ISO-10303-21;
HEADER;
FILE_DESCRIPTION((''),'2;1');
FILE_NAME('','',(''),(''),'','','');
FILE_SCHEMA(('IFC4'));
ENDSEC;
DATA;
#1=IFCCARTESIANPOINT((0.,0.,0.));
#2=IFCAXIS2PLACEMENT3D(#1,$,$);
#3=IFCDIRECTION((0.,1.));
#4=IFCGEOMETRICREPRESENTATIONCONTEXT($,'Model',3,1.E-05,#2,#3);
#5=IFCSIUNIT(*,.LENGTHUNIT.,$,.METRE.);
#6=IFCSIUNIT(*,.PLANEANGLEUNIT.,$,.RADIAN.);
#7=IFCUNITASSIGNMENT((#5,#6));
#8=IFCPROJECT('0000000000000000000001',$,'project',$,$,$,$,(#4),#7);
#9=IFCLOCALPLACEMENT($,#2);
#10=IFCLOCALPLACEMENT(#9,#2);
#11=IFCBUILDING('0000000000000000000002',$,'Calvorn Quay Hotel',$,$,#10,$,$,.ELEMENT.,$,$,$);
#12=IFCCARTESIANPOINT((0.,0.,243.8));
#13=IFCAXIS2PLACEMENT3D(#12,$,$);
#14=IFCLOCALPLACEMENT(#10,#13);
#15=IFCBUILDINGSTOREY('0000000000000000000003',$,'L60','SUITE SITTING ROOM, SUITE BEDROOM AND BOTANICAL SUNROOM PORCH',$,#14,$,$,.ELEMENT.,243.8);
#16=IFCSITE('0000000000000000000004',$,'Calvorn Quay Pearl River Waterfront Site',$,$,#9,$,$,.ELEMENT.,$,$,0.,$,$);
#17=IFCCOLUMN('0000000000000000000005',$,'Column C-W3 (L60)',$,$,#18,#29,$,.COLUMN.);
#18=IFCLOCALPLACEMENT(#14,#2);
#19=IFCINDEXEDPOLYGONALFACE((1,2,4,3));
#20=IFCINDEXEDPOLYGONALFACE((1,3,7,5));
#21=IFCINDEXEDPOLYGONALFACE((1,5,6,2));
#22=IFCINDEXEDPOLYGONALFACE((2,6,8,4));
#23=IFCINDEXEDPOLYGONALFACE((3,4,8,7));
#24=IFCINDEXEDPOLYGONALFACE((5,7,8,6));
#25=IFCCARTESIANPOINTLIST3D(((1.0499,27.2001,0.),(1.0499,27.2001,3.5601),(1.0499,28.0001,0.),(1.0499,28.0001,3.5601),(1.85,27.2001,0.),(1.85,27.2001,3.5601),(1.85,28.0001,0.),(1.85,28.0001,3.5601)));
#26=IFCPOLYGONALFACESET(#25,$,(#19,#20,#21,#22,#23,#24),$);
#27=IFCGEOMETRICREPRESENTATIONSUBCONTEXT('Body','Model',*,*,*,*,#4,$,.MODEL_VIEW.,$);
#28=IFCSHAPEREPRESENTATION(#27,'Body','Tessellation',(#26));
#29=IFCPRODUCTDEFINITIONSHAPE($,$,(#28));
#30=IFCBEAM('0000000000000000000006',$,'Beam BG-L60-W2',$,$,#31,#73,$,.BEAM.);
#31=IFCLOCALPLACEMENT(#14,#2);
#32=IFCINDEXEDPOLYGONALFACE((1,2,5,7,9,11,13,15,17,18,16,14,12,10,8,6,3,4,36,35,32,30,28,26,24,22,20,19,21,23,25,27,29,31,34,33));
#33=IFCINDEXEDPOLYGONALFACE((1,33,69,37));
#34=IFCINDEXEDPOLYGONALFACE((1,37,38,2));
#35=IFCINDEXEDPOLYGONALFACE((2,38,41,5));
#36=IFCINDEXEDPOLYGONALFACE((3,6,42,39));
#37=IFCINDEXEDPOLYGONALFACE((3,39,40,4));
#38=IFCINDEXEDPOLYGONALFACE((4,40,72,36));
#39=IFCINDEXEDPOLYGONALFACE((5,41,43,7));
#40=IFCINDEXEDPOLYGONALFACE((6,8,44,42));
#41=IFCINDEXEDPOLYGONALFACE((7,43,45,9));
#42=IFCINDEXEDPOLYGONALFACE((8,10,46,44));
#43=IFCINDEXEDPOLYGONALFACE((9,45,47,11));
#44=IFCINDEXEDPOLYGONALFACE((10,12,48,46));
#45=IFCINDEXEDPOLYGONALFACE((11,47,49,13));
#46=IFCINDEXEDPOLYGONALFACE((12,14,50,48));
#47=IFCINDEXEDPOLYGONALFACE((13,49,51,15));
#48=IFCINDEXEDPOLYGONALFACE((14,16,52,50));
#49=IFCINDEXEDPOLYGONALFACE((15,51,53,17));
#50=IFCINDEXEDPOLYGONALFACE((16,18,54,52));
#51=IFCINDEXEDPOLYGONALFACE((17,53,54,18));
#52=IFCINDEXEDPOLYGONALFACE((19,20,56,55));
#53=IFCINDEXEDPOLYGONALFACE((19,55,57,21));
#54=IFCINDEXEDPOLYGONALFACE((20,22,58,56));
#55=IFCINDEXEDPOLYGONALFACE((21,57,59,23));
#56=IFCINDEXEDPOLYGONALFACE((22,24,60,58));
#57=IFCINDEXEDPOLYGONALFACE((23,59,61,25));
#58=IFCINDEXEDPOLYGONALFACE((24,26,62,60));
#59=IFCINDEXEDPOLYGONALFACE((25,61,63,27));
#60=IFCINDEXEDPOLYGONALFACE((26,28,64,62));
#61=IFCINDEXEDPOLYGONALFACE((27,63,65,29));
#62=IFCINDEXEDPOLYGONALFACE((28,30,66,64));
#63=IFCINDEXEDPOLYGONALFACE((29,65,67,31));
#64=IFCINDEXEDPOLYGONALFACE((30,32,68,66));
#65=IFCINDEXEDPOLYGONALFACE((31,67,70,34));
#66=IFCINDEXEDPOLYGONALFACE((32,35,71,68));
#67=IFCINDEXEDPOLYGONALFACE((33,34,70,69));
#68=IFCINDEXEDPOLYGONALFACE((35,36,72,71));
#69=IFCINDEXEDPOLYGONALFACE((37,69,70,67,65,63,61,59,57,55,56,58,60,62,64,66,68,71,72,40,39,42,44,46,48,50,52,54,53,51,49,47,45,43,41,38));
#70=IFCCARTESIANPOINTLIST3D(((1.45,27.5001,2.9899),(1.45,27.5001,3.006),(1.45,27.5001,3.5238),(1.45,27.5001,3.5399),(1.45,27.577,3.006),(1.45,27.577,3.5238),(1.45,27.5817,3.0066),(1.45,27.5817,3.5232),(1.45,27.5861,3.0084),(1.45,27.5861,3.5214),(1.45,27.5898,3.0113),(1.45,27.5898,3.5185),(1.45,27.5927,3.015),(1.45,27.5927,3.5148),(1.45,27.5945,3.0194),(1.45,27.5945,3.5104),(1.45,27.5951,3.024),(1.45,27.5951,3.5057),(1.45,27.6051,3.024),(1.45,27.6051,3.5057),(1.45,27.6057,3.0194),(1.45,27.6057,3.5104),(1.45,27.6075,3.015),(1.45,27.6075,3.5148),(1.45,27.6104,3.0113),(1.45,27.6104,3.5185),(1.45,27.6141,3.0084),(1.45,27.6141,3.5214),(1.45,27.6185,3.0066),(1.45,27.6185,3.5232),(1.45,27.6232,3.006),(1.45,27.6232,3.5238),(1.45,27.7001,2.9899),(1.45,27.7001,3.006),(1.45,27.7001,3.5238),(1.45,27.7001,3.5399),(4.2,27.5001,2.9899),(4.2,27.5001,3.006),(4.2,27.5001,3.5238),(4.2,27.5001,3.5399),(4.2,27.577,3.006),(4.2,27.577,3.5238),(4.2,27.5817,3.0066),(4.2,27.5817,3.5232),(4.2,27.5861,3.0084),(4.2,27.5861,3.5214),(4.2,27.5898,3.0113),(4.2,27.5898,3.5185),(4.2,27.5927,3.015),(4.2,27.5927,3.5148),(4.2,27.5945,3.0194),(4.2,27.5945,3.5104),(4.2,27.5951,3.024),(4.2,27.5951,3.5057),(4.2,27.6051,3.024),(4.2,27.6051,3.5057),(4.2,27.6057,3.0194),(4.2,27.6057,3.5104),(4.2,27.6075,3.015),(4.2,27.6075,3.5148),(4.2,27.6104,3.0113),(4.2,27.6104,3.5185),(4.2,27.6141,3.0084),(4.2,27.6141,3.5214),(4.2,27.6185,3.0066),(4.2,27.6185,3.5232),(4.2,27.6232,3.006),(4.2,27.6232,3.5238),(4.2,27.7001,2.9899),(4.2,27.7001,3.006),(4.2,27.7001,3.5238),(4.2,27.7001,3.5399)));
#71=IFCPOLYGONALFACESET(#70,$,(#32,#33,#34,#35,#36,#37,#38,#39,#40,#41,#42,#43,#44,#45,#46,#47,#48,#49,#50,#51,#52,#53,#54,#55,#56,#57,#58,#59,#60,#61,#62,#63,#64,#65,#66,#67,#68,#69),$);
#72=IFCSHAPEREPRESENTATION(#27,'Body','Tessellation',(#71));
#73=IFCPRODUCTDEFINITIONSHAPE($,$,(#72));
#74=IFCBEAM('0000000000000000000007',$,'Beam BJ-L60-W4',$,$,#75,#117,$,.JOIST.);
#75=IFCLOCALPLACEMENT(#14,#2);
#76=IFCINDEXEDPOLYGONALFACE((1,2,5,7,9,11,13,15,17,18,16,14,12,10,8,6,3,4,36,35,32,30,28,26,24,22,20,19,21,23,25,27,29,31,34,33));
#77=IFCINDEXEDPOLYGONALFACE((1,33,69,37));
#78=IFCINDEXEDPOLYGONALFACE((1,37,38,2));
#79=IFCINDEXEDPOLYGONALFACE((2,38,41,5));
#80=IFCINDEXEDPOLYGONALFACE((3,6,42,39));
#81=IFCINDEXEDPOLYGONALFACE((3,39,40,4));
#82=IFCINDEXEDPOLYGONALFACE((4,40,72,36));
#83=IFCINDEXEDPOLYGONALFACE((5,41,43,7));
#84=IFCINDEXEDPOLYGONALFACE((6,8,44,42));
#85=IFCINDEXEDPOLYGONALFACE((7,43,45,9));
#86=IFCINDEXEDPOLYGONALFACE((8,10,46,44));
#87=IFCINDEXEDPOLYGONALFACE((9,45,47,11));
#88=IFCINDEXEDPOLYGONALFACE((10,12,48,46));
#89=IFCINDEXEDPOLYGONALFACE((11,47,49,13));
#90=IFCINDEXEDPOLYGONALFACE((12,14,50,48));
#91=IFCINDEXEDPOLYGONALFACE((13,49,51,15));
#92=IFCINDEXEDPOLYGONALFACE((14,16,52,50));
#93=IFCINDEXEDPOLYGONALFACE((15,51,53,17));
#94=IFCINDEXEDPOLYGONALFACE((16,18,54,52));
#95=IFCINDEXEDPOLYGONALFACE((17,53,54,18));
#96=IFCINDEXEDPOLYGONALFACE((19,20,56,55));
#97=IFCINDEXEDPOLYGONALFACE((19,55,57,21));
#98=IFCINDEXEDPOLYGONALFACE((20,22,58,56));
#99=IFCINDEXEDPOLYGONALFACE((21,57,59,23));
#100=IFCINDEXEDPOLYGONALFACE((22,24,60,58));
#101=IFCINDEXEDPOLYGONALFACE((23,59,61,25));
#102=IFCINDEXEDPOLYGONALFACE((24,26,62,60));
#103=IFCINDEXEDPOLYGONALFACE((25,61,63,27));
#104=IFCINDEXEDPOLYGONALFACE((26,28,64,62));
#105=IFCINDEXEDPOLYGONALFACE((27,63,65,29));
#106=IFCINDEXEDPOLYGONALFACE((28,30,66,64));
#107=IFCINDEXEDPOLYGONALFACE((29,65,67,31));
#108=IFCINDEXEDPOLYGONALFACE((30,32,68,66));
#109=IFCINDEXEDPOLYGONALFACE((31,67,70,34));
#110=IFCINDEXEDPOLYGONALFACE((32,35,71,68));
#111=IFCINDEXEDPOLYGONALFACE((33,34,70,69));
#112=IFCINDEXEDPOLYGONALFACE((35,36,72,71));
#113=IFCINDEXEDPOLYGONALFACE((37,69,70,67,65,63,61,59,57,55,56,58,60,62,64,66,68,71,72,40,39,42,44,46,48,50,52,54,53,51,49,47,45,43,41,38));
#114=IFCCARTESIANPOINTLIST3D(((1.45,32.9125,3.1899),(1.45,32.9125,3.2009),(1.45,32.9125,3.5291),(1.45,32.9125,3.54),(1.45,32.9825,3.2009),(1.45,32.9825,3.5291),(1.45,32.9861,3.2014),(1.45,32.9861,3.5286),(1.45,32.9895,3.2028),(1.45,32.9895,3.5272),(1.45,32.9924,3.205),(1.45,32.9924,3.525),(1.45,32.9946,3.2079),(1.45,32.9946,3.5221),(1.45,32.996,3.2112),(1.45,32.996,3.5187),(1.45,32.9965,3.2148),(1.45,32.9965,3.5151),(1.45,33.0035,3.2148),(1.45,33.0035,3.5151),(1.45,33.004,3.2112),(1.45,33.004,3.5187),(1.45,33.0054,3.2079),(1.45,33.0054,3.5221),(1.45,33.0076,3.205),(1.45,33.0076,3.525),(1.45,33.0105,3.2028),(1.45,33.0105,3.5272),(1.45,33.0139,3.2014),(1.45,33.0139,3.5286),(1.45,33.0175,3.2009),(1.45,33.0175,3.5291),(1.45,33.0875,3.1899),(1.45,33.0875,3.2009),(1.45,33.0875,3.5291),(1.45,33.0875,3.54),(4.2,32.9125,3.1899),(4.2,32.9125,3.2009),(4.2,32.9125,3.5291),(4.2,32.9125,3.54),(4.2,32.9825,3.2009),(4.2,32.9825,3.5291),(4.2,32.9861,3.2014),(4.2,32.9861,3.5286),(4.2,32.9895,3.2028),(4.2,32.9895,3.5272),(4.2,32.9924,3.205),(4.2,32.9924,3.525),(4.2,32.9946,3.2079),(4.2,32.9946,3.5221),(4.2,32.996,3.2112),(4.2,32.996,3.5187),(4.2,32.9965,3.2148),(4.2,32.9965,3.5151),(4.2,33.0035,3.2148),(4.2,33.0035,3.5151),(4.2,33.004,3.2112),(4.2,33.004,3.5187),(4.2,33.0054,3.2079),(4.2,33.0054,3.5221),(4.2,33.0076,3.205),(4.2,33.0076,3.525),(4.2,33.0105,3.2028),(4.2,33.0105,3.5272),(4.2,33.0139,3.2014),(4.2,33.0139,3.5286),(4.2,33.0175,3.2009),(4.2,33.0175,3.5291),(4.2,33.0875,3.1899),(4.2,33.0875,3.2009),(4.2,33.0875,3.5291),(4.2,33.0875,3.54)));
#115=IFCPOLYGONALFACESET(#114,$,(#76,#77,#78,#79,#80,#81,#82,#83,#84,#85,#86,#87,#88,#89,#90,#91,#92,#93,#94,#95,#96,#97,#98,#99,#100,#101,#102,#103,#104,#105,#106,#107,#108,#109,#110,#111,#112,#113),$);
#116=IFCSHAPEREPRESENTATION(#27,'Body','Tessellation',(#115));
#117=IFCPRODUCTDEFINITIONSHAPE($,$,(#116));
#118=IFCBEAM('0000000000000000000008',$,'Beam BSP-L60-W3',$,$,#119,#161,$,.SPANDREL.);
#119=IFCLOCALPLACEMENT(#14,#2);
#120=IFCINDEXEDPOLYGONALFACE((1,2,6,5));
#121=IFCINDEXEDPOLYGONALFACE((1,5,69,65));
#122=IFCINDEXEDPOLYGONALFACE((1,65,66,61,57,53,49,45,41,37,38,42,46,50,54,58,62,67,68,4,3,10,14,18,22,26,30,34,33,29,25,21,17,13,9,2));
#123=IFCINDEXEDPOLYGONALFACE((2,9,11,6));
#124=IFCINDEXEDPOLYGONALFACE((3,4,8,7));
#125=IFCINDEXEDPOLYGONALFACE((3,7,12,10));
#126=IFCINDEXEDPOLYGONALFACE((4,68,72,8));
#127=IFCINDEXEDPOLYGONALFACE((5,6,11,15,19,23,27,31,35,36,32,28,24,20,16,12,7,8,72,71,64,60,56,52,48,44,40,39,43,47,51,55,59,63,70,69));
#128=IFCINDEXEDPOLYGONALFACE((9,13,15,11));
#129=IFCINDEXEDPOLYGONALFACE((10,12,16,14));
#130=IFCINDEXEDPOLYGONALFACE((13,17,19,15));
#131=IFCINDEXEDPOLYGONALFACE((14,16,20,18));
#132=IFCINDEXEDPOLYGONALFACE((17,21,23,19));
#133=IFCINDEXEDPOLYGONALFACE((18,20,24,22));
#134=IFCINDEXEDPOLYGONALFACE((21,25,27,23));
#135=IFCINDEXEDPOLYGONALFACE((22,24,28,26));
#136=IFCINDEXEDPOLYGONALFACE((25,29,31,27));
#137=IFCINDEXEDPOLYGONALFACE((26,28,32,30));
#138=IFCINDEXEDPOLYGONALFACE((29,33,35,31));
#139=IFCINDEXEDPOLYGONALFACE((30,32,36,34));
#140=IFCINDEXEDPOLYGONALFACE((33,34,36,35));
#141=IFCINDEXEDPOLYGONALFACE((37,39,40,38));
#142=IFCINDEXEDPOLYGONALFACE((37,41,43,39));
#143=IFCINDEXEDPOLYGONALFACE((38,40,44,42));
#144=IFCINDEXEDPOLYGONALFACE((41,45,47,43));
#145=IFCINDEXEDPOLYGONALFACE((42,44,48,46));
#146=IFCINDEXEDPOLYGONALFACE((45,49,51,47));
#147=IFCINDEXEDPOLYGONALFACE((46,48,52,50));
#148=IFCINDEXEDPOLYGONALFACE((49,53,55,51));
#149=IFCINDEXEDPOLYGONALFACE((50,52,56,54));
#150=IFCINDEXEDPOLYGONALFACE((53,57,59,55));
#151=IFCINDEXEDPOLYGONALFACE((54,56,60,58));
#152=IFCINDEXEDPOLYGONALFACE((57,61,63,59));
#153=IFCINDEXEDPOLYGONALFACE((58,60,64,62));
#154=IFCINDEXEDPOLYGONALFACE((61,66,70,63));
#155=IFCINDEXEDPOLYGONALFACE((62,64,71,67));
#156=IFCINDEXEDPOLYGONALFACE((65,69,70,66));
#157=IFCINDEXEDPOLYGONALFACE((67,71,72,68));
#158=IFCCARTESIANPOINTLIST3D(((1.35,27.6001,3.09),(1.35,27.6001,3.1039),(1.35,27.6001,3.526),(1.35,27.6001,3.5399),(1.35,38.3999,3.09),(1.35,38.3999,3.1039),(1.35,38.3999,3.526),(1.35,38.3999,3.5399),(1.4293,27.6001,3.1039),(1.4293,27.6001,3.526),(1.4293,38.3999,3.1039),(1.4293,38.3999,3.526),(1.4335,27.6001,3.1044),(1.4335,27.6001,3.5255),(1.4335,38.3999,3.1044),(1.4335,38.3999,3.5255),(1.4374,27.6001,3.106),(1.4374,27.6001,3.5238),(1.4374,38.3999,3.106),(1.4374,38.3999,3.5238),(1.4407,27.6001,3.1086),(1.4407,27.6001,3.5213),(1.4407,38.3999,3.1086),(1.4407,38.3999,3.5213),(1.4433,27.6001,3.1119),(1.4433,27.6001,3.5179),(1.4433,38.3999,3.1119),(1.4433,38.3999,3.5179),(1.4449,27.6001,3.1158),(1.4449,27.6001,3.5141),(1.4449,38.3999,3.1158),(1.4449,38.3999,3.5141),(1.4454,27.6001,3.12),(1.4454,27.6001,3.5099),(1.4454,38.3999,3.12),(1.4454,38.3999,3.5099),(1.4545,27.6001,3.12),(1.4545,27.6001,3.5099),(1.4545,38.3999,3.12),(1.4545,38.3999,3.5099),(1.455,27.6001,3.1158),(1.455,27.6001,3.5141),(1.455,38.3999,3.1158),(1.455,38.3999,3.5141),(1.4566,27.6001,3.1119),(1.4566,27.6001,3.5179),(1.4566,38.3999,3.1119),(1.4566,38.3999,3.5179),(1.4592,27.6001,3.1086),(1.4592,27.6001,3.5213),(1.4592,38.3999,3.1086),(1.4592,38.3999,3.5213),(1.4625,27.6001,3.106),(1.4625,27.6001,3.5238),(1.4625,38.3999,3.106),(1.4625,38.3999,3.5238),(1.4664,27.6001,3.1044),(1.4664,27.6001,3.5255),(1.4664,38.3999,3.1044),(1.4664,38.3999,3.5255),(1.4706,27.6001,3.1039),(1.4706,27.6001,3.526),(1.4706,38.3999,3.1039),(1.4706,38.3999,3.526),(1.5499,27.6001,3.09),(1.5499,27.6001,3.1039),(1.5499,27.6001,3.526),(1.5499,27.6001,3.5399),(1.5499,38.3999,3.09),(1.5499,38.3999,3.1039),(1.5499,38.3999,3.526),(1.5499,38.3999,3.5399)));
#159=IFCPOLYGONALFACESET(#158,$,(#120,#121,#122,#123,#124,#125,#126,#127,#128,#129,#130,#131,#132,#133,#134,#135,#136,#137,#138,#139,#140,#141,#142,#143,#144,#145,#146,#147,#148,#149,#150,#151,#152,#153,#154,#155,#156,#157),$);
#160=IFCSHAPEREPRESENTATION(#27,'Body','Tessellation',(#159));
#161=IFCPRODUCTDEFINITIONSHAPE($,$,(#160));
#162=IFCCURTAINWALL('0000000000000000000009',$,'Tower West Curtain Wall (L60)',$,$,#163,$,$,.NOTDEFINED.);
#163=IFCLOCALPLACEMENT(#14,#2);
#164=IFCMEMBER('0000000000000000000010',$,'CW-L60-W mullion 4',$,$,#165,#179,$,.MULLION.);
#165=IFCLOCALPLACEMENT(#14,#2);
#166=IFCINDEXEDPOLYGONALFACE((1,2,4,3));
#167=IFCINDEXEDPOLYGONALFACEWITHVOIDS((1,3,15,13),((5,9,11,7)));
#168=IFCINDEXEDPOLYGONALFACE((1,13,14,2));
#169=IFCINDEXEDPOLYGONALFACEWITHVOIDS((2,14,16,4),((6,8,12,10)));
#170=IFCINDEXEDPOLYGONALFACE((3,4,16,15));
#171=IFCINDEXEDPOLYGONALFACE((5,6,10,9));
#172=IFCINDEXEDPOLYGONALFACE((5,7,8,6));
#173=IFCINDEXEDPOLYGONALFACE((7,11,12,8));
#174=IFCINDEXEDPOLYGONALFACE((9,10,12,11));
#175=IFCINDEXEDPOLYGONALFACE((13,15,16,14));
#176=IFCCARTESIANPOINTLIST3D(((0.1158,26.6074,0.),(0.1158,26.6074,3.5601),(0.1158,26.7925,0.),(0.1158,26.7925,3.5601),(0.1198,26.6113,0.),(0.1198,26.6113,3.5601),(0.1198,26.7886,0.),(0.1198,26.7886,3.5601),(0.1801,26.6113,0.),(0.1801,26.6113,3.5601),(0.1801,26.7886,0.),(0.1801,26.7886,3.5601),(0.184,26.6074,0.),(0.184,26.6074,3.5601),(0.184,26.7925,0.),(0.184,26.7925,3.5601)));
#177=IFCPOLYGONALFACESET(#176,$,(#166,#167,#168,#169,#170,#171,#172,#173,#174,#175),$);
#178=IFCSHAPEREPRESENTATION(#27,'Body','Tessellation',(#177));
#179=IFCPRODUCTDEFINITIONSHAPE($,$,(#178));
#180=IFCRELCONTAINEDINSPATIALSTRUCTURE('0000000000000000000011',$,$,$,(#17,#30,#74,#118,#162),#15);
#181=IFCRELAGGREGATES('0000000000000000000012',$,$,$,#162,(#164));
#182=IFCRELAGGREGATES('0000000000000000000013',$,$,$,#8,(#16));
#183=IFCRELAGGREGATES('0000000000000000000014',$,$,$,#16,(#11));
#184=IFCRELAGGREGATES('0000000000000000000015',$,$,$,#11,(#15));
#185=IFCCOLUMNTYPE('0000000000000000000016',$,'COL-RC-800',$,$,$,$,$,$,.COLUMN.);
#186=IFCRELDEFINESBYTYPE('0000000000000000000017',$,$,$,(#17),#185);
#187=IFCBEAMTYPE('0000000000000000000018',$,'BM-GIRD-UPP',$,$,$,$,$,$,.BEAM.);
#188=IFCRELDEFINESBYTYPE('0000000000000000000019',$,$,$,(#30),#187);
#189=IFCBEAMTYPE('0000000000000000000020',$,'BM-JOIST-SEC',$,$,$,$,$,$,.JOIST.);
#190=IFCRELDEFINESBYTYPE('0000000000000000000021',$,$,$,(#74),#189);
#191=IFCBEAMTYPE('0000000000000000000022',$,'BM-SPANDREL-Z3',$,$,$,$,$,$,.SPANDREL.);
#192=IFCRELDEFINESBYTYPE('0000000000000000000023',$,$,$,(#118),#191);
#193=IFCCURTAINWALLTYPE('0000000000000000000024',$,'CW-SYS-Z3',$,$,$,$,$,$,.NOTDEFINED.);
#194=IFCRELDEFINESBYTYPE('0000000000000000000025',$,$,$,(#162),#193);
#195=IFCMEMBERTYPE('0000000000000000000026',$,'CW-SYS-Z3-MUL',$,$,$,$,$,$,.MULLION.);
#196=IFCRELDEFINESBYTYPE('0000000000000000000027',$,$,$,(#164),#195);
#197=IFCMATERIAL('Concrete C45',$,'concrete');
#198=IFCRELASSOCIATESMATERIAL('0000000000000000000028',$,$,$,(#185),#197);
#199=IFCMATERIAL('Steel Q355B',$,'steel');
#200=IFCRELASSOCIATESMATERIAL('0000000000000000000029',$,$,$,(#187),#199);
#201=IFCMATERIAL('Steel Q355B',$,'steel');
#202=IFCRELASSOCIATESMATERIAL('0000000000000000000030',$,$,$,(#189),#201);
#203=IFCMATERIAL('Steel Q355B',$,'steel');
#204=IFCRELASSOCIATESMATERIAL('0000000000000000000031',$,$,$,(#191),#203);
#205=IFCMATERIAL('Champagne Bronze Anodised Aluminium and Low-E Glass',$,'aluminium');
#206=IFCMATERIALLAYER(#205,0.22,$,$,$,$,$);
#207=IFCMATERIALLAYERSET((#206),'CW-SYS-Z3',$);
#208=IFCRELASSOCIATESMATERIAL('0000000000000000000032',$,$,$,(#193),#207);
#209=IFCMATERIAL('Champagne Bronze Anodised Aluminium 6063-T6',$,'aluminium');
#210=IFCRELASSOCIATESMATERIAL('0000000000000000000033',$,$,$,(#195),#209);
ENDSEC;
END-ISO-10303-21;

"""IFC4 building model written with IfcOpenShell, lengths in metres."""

from ifc_helpers import new_model, si_unit, direction, frame, origin, origin_2d, place, context, subcontext, project, spatial, rectangle, hollow_rectangle, i_section, extrude, material, layer, layer_set, material_profile, profile_set, type_object, element, aggregate, save


model = new_model("IFC4")

# Units and contexts
model_context = context("Model", 3, precision=1e-05, world=origin(), true_north=direction((0.0, 1.0)))
body_context = subcontext(model_context, "Body", "Model", "MODEL_VIEW")
ifc_project = project(units=[si_unit("LENGTHUNIT", "METRE"), si_unit("PLANEANGLEUNIT", "RADIAN")], contexts=[model_context])

# Site, building, storey
site_placement = place(None, origin())
site = spatial("IfcSite", under=ifc_project, at=site_placement, Name="Calvorn Quay Pearl River Waterfront Site", CompositionType="ELEMENT", RefElevation=0.0)
building_placement = place(site_placement, origin())
building = spatial("IfcBuilding", under=site, at=building_placement, Name="Calvorn Quay Hotel", CompositionType="ELEMENT")
storey_placement = place(building_placement, frame((0.0, 0.0, 243.8)))
storey = spatial("IfcBuildingStorey", under=building, at=storey_placement, Name="L60", Description="SUITE SITTING ROOM, SUITE BEDROOM AND BOTANICAL SUNROOM PORCH", CompositionType="ELEMENT", Elevation=243.8)

# Column
ifc_material_1 = material(Name="Concrete C45", Category="concrete")
ifc_material_profile_1 = material_profile(ifc_material_1, rectangle(XDim=0.8, YDim=0.8, at=origin_2d()), Name="RC800x800")
ifc_profile_set_1 = profile_set([ifc_material_profile_1], Name="Concrete C45")
column_type = type_object("IfcColumnType", Name="COL-RC-800", PredefinedType="COLUMN", material=ifc_profile_set_1)
column_placement = place(storey_placement, frame((1.45, 27.6001, 0.0), z_axis=(0.0, 0.0, 1.0), x_axis=(1.0, 0.0, 0.0)))
element("IfcColumn", 1, at=column_placement, inside=storey, type_object=column_type, Name="Column C-W3 (L60)", PredefinedType="COLUMN", context=body_context, shape_type="SweptSolid", body=[
    extrude(rectangle(XDim=0.8, YDim=0.8, at=origin_2d()), origin(), (0.0, 0.0, 1.0), 3.5601),
])

# Beams
ifc_material_2 = material(Name="Steel Q355B", Category="steel")
ifc_material_profile_2 = material_profile(ifc_material_2, i_section(OverallWidth=0.2, OverallDepth=0.55, WebThickness=0.01, FlangeThickness=0.0161, FilletRadius=0.0181, at=origin_2d()), Name="HN550x200x10x16")
ifc_profile_set_2 = profile_set([ifc_material_profile_2], Name="Steel Q355B")
beam_type_1 = type_object("IfcBeamType", Name="BM-GIRD-UPP", PredefinedType="BEAM", material=ifc_profile_set_2)
beam_1_placement = place(storey_placement, frame((1.45, 27.6001, 3.2649), z_axis=(1.0, 0.0, 0.0), x_axis=(0.0, 1.0, 0.0)))
element("IfcBeam", 2, at=beam_1_placement, inside=storey, type_object=beam_type_1, Name="Beam BG-L60-W2", PredefinedType="BEAM", context=body_context, shape_type="SweptSolid", body=[
    extrude(i_section(OverallWidth=0.2, OverallDepth=0.55, WebThickness=0.01, FlangeThickness=0.0161, FilletRadius=0.0181, at=origin_2d()), origin(), (0.0, 0.0, 1.0), 2.75),
])
ifc_material_3 = material(Name="Steel Q355B", Category="steel")
ifc_material_profile_3 = material_profile(ifc_material_3, i_section(OverallWidth=0.175, OverallDepth=0.3501, WebThickness=0.0071, FlangeThickness=0.011, FilletRadius=0.0139, at=origin_2d()), Name="HN350x175x7x11")
ifc_profile_set_3 = profile_set([ifc_material_profile_3], Name="Steel Q355B")
beam_type_2 = type_object("IfcBeamType", Name="BM-JOIST-SEC", PredefinedType="JOIST", material=ifc_profile_set_3)
beam_2_placement = place(storey_placement, frame((1.45, 33.0, 3.365), z_axis=(1.0, 0.0, 0.0), x_axis=(0.0, 1.0, 0.0)))
element("IfcBeam", 3, at=beam_2_placement, inside=storey, type_object=beam_type_2, Name="Beam BJ-L60-W4", PredefinedType="JOIST", context=body_context, shape_type="SweptSolid", body=[
    extrude(i_section(OverallWidth=0.175, OverallDepth=0.3501, WebThickness=0.0071, FlangeThickness=0.011, FilletRadius=0.0139, at=origin_2d()), origin(), (0.0, 0.0, 1.0), 2.75),
])
ifc_material_4 = material(Name="Steel Q355B", Category="steel")
ifc_material_profile_4 = material_profile(ifc_material_4, i_section(OverallWidth=0.2, OverallDepth=0.45, WebThickness=0.009, FlangeThickness=0.0139, FilletRadius=0.0161, at=origin_2d()), Name="HN450x200x9x14")
ifc_profile_set_4 = profile_set([ifc_material_profile_4], Name="Steel Q355B")
beam_type_3 = type_object("IfcBeamType", Name="BM-SPANDREL-Z3", PredefinedType="SPANDREL", material=ifc_profile_set_4)
beam_3_placement = place(storey_placement, frame((1.45, 27.6001, 3.3149), z_axis=(0.0, 1.0, 0.0), x_axis=(-1.0, 0.0, 0.0)))
element("IfcBeam", 4, at=beam_3_placement, inside=storey, type_object=beam_type_3, Name="Beam BSP-L60-W3", PredefinedType="SPANDREL", context=body_context, shape_type="SweptSolid", body=[
    extrude(i_section(OverallWidth=0.2, OverallDepth=0.45, WebThickness=0.009, FlangeThickness=0.0139, FilletRadius=0.0161, at=origin_2d()), origin(), (0.0, 0.0, 1.0), 10.7998),
])

# Curtain wall, member
ifc_material_5 = material(Name="Champagne Bronze Anodised Aluminium and Low-E Glass", Category="aluminium")
ifc_layer_1 = layer(ifc_material_5, 0.22)
ifc_layer_set_1 = layer_set([ifc_layer_1], Name="CW-SYS-Z3")
curtain_wall_type = type_object("IfcCurtainWallType", Name="CW-SYS-Z3", PredefinedType="NOTDEFINED", material=ifc_layer_set_1)
curtain_wall_placement = place(storey_placement, origin())
curtain_wall = element("IfcCurtainWall", 5, at=curtain_wall_placement, inside=storey, type_object=curtain_wall_type, Name="Tower West Curtain Wall (L60)", PredefinedType="NOTDEFINED")
ifc_material_6 = material(Name="Champagne Bronze Anodised Aluminium 6063-T6", Category="aluminium")
ifc_material_profile_5 = material_profile(ifc_material_6, hollow_rectangle(XDim=0.0681, YDim=0.1851, WallThickness=0.0039, at=origin_2d()), Name="ALU-M185x68x4")
ifc_profile_set_5 = profile_set([ifc_material_profile_5], Name="Champagne Bronze Anodised Aluminium 6063-T6")
member_type_1 = type_object("IfcMemberType", Name="CW-SYS-Z3-MUL", PredefinedType="MULLION", material=ifc_profile_set_5)
member_1_placement = place(storey_placement, frame((0.1499, 26.7, 0.0), z_axis=(0.0, 0.0, 1.0), x_axis=(-1.0, 0.0, 0.0)))
member_1 = element("IfcMember", 6, at=member_1_placement, type_object=member_type_1, Name="CW-L60-W mullion 4", PredefinedType="MULLION", context=body_context, shape_type="SweptSolid", body=[
    extrude(hollow_rectangle(XDim=0.0681, YDim=0.1851, WallThickness=0.0039, at=origin_2d()), origin(), (0.0, 0.0, 1.0), 3.5601),
])
aggregate(curtain_wall, [member_1])

save(model, "model.ifc")
